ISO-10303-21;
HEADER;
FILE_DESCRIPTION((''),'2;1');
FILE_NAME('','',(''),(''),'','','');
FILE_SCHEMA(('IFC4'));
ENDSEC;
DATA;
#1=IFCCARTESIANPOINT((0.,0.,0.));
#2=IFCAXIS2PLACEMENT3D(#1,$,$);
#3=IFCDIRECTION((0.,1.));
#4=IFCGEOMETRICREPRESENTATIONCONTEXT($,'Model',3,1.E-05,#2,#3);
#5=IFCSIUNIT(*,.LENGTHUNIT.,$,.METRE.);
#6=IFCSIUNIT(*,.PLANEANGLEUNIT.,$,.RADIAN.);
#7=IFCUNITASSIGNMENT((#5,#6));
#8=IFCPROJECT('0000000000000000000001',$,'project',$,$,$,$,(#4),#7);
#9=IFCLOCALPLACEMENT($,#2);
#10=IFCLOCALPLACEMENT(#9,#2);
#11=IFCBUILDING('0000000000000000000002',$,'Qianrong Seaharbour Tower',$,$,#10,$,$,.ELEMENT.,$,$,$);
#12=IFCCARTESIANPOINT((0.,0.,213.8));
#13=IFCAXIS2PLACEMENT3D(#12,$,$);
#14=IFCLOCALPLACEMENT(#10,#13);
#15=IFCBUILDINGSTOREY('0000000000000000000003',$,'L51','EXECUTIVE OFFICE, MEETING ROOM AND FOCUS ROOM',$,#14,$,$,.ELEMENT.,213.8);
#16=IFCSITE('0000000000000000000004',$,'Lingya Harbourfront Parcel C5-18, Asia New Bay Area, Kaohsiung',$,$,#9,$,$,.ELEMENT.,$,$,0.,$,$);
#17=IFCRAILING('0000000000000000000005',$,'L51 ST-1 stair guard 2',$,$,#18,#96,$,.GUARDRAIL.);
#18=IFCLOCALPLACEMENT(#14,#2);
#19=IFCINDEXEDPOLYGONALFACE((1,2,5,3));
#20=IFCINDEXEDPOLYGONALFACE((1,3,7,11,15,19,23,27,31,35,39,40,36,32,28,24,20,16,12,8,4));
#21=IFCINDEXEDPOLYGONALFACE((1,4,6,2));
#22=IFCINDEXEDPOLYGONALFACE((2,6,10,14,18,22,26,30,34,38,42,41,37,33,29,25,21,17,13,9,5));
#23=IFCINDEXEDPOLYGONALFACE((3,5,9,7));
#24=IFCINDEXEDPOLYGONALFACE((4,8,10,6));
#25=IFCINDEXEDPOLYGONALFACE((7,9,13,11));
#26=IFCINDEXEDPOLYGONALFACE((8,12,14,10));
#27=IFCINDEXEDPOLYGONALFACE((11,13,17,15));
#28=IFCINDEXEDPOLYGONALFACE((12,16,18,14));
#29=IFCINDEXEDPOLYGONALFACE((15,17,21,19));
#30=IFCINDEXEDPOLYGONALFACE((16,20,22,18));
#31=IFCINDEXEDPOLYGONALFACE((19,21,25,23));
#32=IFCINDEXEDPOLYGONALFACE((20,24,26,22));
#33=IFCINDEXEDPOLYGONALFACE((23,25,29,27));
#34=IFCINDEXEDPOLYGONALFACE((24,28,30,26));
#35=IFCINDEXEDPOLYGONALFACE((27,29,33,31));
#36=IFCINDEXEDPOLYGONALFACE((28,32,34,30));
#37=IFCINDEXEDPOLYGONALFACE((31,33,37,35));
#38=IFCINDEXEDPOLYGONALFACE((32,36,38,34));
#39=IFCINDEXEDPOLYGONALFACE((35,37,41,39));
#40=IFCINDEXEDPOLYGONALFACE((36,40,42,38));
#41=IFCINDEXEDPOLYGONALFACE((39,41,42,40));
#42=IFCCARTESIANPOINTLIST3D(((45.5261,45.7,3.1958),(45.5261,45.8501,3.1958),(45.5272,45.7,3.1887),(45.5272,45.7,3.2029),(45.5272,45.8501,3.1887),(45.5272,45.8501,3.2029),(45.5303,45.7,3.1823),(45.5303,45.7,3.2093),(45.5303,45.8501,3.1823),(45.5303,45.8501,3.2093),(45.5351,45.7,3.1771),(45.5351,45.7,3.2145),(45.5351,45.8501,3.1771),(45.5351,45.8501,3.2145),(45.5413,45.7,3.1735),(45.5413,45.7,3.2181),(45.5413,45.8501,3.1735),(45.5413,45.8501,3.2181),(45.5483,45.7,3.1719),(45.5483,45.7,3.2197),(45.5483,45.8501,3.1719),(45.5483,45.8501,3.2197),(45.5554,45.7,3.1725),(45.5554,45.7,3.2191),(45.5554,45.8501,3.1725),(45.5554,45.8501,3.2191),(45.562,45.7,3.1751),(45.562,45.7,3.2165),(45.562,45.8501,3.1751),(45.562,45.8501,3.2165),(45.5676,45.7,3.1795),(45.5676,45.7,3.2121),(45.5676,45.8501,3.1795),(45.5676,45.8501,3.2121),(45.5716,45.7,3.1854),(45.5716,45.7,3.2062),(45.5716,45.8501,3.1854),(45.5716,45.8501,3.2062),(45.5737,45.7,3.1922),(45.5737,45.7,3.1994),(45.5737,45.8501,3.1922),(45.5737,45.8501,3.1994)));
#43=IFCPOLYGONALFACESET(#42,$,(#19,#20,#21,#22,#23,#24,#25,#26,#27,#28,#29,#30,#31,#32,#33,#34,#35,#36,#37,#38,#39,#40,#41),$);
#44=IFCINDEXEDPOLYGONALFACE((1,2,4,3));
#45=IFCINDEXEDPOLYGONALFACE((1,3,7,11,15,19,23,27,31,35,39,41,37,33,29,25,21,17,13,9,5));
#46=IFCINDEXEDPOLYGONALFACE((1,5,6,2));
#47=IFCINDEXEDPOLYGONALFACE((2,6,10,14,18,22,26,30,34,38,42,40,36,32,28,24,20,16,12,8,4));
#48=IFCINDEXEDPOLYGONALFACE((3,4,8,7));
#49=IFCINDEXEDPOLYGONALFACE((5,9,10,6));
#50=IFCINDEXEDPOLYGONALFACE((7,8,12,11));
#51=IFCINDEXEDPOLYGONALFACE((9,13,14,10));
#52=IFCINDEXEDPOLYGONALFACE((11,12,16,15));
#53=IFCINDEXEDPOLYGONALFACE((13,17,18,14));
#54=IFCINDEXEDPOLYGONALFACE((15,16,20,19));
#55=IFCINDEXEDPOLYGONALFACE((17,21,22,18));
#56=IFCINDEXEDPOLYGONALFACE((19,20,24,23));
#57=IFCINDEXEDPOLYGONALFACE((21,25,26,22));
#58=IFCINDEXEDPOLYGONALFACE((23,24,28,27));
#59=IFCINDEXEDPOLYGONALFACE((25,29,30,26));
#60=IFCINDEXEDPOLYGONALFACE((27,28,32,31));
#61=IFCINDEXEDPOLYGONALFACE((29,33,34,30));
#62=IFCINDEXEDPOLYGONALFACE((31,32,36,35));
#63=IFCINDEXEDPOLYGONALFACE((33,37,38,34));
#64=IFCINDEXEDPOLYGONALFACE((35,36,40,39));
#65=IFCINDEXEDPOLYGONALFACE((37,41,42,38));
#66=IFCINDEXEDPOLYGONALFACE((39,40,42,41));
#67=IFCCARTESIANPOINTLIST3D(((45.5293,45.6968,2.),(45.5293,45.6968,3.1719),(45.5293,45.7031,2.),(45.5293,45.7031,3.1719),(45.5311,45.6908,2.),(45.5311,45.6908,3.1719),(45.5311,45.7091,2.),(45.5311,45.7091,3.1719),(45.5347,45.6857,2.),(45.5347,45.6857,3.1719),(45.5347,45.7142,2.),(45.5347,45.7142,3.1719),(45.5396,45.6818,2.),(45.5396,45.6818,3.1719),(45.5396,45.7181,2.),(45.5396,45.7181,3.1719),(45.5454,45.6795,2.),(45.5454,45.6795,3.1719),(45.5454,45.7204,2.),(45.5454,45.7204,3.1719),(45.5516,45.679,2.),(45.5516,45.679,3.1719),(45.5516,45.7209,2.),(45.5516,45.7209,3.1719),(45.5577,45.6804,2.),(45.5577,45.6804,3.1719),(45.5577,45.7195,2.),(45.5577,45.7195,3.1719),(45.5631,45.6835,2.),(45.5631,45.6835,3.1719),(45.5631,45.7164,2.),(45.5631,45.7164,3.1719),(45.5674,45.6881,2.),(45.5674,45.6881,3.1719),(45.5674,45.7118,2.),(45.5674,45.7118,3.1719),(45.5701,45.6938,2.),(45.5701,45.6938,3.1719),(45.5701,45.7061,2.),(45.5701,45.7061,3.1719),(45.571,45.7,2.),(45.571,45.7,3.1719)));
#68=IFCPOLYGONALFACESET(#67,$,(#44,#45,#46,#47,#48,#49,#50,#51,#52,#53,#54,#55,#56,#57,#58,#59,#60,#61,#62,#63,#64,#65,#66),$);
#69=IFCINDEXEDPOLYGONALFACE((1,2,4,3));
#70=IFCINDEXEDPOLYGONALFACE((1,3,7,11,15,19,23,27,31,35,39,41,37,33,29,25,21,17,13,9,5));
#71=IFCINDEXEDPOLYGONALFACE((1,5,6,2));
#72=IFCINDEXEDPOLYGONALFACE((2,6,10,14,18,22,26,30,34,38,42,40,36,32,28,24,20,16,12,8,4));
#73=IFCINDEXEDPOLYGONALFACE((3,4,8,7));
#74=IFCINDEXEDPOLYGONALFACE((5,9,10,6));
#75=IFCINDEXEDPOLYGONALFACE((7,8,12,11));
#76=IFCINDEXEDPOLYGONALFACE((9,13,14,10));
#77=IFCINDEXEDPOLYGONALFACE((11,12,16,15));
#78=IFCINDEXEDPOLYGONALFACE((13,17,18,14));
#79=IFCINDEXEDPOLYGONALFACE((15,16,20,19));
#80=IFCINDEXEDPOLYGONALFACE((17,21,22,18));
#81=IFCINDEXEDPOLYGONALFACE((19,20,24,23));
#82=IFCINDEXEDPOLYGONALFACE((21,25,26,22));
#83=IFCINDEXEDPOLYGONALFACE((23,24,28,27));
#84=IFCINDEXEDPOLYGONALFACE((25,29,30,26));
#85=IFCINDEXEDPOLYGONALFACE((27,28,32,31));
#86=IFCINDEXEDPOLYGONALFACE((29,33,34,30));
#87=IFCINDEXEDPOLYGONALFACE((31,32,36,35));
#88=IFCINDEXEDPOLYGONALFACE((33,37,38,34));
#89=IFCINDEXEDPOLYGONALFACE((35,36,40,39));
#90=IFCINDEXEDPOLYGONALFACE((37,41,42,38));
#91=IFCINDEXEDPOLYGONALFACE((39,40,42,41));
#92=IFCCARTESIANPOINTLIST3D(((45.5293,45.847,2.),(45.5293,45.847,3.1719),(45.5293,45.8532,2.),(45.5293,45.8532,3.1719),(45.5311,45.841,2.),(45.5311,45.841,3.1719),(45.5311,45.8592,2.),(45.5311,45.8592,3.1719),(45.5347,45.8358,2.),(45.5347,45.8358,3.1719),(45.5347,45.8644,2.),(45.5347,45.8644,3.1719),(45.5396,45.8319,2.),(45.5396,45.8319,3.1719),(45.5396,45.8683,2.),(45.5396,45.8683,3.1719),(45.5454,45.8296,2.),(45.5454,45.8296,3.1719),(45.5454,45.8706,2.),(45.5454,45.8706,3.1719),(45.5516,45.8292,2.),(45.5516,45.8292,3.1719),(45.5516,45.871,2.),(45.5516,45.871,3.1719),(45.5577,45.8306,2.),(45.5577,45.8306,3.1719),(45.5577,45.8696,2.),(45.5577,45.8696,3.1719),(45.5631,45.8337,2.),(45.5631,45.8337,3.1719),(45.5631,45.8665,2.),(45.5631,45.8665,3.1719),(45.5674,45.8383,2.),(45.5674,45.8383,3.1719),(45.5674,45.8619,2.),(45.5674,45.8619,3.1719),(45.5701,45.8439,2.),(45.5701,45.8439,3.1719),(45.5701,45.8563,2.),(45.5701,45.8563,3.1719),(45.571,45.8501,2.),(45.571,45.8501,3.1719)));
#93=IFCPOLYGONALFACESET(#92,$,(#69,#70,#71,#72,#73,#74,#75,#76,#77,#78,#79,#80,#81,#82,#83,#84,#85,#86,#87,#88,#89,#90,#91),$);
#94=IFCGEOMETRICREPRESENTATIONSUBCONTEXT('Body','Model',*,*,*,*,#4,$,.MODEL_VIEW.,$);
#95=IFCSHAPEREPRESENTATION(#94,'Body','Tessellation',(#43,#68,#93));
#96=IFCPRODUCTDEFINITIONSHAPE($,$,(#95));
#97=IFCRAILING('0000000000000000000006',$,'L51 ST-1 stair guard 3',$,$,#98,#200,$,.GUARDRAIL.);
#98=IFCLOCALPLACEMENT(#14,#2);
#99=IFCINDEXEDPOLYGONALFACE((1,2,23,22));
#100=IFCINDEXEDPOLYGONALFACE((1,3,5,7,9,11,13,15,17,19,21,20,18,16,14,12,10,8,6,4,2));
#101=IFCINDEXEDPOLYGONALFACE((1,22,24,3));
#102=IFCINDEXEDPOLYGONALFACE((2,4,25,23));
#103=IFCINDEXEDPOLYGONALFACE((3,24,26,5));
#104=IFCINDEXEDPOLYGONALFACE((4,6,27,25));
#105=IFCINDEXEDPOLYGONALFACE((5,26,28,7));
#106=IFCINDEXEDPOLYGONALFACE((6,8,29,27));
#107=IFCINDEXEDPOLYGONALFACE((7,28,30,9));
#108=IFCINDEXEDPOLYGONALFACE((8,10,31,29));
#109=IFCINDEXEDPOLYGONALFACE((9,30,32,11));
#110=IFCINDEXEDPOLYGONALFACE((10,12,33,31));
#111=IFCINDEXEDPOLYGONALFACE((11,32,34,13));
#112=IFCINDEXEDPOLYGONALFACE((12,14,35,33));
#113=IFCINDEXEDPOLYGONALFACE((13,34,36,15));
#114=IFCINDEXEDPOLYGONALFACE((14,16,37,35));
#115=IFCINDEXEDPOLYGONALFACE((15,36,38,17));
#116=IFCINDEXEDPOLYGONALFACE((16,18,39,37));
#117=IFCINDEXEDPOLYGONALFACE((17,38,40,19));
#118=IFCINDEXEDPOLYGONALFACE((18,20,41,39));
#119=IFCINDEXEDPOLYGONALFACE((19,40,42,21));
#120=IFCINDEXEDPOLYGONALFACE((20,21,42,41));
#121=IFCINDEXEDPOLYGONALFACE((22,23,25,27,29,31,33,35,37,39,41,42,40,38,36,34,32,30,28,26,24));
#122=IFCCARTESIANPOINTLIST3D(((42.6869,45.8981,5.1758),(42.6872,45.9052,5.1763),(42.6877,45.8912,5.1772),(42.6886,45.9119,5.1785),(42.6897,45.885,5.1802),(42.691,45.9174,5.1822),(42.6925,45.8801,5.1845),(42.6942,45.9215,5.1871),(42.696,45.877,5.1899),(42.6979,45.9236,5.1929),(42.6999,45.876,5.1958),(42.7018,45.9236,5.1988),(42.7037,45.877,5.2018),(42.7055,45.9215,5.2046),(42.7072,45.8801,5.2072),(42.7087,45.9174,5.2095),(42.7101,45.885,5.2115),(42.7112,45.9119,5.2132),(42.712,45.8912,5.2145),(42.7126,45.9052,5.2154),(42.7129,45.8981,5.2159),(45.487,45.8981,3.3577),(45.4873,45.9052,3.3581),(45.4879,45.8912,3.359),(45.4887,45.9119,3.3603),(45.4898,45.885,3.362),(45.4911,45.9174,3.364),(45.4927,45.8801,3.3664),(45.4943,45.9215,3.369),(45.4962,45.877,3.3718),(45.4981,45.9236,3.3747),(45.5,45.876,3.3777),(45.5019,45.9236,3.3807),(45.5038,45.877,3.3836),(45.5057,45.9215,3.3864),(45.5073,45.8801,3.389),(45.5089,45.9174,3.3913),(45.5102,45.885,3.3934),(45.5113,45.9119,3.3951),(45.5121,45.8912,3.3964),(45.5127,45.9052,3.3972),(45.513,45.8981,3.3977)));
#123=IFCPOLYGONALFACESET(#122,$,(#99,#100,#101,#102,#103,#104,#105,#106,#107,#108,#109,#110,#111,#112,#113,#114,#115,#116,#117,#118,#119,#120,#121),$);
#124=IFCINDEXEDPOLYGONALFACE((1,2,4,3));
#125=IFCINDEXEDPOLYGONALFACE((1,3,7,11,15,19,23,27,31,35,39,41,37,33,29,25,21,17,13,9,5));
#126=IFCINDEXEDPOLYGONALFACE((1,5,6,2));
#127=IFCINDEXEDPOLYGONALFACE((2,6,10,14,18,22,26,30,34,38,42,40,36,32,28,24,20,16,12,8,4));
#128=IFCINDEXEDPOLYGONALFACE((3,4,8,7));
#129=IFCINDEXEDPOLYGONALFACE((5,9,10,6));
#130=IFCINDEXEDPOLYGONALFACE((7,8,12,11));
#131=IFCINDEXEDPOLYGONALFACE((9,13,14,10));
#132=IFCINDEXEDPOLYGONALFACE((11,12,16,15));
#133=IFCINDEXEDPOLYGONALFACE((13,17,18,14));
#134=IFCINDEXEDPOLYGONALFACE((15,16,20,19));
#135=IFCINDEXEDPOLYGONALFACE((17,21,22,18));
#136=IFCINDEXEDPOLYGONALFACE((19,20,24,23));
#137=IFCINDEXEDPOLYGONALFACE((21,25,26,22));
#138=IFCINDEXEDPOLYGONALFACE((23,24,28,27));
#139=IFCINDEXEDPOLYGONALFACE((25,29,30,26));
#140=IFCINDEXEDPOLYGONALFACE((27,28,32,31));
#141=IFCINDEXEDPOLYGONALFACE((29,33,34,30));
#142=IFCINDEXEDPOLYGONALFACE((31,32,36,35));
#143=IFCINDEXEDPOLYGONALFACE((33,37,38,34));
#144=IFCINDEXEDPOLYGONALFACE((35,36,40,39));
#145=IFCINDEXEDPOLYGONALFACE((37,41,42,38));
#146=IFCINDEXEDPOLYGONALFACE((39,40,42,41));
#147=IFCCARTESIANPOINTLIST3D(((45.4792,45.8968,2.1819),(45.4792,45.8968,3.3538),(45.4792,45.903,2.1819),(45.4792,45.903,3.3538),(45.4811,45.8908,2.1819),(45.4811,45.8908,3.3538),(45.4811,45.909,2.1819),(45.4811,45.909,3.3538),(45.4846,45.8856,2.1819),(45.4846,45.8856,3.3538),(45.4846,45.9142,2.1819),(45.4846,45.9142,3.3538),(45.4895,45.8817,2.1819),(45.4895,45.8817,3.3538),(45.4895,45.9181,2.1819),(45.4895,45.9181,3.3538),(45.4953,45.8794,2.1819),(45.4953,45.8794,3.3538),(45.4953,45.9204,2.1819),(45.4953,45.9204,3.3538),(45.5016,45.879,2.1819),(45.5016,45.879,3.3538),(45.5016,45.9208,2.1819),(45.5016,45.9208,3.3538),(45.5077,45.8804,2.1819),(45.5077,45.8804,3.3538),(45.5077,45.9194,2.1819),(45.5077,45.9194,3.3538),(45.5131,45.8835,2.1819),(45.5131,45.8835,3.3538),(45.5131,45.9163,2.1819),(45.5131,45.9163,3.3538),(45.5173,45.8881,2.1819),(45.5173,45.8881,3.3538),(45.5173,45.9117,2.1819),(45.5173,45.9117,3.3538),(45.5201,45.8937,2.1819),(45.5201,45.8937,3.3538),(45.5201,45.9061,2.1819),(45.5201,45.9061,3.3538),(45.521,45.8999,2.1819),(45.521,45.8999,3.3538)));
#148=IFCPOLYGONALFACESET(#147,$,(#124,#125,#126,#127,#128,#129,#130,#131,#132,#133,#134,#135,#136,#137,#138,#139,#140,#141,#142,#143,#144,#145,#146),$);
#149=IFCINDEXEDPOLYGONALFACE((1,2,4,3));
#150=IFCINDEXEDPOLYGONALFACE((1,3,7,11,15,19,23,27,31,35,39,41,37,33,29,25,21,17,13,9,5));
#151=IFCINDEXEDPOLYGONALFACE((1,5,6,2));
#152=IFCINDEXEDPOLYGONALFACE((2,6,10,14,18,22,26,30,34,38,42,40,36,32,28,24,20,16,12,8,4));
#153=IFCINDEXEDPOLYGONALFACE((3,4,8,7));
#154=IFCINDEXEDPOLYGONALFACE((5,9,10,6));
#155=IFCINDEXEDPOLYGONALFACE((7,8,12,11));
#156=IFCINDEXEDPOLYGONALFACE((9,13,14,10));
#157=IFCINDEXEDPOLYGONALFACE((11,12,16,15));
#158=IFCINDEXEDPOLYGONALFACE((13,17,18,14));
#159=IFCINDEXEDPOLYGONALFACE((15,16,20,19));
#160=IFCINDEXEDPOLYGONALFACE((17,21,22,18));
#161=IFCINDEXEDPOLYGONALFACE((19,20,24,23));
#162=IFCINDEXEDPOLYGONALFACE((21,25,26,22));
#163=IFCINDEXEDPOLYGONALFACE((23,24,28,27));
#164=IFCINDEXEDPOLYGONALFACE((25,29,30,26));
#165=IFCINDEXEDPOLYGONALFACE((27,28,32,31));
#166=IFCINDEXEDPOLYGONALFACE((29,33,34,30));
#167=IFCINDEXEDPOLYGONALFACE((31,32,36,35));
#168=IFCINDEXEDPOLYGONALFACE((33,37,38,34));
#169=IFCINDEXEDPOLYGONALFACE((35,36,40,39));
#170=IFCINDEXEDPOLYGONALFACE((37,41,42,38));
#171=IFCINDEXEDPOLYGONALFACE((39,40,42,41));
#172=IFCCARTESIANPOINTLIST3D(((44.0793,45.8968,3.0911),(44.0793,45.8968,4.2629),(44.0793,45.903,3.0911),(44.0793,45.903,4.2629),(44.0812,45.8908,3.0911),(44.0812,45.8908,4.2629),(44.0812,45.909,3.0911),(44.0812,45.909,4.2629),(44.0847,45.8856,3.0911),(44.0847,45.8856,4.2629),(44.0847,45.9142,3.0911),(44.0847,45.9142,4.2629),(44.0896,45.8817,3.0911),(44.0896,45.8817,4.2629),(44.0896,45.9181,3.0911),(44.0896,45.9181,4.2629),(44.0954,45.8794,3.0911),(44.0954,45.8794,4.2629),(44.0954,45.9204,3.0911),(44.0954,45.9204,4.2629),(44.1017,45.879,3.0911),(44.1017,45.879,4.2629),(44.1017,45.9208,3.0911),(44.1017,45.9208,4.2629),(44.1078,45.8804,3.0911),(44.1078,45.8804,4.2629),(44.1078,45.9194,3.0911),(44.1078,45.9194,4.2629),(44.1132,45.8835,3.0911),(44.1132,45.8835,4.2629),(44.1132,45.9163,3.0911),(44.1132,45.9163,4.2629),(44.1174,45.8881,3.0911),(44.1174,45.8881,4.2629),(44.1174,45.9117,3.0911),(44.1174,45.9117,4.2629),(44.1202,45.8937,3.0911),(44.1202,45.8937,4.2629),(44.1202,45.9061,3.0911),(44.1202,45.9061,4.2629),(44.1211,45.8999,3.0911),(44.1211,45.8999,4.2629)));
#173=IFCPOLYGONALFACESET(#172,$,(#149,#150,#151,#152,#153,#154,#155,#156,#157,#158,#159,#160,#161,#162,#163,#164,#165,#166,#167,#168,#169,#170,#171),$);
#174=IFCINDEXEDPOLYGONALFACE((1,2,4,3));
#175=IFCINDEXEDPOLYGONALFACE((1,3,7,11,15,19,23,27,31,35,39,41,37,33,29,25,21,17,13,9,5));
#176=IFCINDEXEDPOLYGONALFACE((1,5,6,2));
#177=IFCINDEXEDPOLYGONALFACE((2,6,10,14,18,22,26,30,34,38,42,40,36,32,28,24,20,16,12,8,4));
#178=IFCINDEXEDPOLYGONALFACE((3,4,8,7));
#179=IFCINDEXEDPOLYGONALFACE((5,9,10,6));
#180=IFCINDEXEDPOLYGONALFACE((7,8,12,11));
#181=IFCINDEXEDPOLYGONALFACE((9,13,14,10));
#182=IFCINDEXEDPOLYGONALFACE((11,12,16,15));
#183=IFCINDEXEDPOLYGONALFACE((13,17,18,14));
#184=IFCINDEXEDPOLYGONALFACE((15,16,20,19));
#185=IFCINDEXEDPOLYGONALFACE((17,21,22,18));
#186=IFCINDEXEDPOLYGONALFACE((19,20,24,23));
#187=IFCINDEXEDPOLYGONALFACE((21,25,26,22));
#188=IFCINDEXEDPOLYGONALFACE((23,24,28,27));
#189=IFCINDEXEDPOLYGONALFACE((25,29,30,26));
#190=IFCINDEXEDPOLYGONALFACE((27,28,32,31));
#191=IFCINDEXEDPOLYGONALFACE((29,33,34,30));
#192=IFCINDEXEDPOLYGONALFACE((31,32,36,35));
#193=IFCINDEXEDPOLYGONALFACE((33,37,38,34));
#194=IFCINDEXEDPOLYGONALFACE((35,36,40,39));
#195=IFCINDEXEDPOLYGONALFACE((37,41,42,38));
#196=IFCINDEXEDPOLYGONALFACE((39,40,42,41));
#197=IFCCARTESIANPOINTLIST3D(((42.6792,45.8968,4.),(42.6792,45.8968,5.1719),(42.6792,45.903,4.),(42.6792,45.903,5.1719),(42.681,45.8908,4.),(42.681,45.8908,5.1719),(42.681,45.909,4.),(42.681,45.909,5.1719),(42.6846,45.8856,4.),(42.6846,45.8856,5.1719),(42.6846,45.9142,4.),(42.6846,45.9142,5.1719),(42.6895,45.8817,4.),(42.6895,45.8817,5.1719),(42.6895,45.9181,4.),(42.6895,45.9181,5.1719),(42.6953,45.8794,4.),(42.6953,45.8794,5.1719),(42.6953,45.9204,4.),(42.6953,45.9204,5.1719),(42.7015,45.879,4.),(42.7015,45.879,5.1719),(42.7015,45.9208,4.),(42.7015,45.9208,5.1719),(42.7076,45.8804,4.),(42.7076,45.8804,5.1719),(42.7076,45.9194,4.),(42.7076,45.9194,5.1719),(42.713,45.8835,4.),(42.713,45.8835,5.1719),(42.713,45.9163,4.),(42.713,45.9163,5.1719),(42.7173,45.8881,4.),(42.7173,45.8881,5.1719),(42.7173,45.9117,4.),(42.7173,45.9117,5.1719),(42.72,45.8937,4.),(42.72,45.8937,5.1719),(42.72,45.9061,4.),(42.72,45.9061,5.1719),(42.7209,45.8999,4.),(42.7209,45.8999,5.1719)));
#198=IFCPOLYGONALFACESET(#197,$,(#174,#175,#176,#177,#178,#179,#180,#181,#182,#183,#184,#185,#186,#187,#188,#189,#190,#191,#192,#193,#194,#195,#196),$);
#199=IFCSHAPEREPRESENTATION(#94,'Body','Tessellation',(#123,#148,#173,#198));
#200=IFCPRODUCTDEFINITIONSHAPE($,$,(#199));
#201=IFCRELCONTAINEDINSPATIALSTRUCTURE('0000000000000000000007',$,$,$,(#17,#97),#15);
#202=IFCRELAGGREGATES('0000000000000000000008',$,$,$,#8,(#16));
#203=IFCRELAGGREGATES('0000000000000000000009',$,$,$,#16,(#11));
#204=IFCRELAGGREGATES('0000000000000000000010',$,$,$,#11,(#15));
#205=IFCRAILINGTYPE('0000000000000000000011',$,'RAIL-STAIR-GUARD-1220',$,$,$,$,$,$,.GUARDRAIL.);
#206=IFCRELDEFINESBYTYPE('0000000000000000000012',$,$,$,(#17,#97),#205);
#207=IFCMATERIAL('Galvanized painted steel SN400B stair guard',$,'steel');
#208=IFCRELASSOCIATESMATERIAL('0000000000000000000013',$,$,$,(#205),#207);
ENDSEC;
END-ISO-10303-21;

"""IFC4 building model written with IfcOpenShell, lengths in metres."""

from ifc_helpers import new_model, si_unit, direction, frame, origin, origin_2d, place, context, subcontext, project, spatial, circle, extrude, material, type_object, element, save


model = new_model("IFC4")

# Units and contexts
model_context = context("Model", 3, precision=1e-05, world=origin(), true_north=direction((0.0, 1.0)))
body_context = subcontext(model_context, "Body", "Model", "MODEL_VIEW")
ifc_project = project(units=[si_unit("LENGTHUNIT", "METRE"), si_unit("PLANEANGLEUNIT", "RADIAN")], contexts=[model_context])

# Site, building, storey
site_placement = place(None, origin())
site = spatial("IfcSite", under=ifc_project, at=site_placement, Name="Lingya Harbourfront Parcel C5-18, Asia New Bay Area, Kaohsiung", CompositionType="ELEMENT", RefElevation=0.0)
building_placement = place(site_placement, origin())
building = spatial("IfcBuilding", under=site, at=building_placement, Name="Qianrong Seaharbour Tower", CompositionType="ELEMENT")
storey_placement = place(building_placement, frame((0.0, 0.0, 213.8)))
storey = spatial("IfcBuildingStorey", under=building, at=storey_placement, Name="L51", Description="EXECUTIVE OFFICE, MEETING ROOM AND FOCUS ROOM", CompositionType="ELEMENT", Elevation=213.8)

# Railings
ifc_material_1 = material(Name="Galvanized painted steel SN400B stair guard", Category="steel")
railing_type_1 = type_object("IfcRailingType", Name="RAIL-STAIR-GUARD-1220", PredefinedType="GUARDRAIL", material=ifc_material_1)
railing_1_placement = place(storey_placement, frame((45.55, 45.7, 2.0)))
element("IfcRailing", 1, at=railing_1_placement, inside=storey, type_object=railing_type_1, Name="L51 ST-1 stair guard 2", PredefinedType="GUARDRAIL", context=body_context, shape_type="SweptSolid", body=[
    extrude(circle(Radius=0.0239, at=origin_2d()), frame((0.0, 0.0, 1.1958), z_axis=(0.0, 1.0, 0.0), x_axis=(-1.0, 0.0, 0.0)), (0.0, 0.0, 1.0), 0.1501),
    extrude(circle(Radius=0.021, at=origin_2d()), origin(), (0.0, 0.0, 1.0), 1.1719),
    extrude(circle(Radius=0.021, at=origin_2d()), frame((0.0, 0.1501, 0.0)), (0.0, 0.0, 1.0), 1.1719),
])
railing_2_placement = place(storey_placement, frame((45.5, 45.8999, 2.1819)))
element("IfcRailing", 2, at=railing_2_placement, inside=storey, type_object=railing_type_1, Name="L51 ST-1 stair guard 3", PredefinedType="GUARDRAIL", context=body_context, shape_type="SweptSolid", body=[
    extrude(circle(Radius=0.0239, at=origin_2d()), frame((0.0, 0.0, 1.1958), z_axis=(-0.838706, 0.0, 0.544585), x_axis=(0.0, -1.0, 0.0)), (0.0, 0.0, 1.0), 3.3386),
    extrude(circle(Radius=0.021, at=origin_2d()), origin(), (0.0, 0.0, 1.0), 1.1719),
    extrude(circle(Radius=0.021, at=origin_2d()), frame((-1.3999, 0.0, 0.9092)), (0.0, 0.0, 1.0), 1.1719),
    extrude(circle(Radius=0.021, at=origin_2d()), frame((-2.8, 0.0, 1.8181)), (0.0, 0.0, 1.0), 1.1719),
])

save(model, "model.ifc")
